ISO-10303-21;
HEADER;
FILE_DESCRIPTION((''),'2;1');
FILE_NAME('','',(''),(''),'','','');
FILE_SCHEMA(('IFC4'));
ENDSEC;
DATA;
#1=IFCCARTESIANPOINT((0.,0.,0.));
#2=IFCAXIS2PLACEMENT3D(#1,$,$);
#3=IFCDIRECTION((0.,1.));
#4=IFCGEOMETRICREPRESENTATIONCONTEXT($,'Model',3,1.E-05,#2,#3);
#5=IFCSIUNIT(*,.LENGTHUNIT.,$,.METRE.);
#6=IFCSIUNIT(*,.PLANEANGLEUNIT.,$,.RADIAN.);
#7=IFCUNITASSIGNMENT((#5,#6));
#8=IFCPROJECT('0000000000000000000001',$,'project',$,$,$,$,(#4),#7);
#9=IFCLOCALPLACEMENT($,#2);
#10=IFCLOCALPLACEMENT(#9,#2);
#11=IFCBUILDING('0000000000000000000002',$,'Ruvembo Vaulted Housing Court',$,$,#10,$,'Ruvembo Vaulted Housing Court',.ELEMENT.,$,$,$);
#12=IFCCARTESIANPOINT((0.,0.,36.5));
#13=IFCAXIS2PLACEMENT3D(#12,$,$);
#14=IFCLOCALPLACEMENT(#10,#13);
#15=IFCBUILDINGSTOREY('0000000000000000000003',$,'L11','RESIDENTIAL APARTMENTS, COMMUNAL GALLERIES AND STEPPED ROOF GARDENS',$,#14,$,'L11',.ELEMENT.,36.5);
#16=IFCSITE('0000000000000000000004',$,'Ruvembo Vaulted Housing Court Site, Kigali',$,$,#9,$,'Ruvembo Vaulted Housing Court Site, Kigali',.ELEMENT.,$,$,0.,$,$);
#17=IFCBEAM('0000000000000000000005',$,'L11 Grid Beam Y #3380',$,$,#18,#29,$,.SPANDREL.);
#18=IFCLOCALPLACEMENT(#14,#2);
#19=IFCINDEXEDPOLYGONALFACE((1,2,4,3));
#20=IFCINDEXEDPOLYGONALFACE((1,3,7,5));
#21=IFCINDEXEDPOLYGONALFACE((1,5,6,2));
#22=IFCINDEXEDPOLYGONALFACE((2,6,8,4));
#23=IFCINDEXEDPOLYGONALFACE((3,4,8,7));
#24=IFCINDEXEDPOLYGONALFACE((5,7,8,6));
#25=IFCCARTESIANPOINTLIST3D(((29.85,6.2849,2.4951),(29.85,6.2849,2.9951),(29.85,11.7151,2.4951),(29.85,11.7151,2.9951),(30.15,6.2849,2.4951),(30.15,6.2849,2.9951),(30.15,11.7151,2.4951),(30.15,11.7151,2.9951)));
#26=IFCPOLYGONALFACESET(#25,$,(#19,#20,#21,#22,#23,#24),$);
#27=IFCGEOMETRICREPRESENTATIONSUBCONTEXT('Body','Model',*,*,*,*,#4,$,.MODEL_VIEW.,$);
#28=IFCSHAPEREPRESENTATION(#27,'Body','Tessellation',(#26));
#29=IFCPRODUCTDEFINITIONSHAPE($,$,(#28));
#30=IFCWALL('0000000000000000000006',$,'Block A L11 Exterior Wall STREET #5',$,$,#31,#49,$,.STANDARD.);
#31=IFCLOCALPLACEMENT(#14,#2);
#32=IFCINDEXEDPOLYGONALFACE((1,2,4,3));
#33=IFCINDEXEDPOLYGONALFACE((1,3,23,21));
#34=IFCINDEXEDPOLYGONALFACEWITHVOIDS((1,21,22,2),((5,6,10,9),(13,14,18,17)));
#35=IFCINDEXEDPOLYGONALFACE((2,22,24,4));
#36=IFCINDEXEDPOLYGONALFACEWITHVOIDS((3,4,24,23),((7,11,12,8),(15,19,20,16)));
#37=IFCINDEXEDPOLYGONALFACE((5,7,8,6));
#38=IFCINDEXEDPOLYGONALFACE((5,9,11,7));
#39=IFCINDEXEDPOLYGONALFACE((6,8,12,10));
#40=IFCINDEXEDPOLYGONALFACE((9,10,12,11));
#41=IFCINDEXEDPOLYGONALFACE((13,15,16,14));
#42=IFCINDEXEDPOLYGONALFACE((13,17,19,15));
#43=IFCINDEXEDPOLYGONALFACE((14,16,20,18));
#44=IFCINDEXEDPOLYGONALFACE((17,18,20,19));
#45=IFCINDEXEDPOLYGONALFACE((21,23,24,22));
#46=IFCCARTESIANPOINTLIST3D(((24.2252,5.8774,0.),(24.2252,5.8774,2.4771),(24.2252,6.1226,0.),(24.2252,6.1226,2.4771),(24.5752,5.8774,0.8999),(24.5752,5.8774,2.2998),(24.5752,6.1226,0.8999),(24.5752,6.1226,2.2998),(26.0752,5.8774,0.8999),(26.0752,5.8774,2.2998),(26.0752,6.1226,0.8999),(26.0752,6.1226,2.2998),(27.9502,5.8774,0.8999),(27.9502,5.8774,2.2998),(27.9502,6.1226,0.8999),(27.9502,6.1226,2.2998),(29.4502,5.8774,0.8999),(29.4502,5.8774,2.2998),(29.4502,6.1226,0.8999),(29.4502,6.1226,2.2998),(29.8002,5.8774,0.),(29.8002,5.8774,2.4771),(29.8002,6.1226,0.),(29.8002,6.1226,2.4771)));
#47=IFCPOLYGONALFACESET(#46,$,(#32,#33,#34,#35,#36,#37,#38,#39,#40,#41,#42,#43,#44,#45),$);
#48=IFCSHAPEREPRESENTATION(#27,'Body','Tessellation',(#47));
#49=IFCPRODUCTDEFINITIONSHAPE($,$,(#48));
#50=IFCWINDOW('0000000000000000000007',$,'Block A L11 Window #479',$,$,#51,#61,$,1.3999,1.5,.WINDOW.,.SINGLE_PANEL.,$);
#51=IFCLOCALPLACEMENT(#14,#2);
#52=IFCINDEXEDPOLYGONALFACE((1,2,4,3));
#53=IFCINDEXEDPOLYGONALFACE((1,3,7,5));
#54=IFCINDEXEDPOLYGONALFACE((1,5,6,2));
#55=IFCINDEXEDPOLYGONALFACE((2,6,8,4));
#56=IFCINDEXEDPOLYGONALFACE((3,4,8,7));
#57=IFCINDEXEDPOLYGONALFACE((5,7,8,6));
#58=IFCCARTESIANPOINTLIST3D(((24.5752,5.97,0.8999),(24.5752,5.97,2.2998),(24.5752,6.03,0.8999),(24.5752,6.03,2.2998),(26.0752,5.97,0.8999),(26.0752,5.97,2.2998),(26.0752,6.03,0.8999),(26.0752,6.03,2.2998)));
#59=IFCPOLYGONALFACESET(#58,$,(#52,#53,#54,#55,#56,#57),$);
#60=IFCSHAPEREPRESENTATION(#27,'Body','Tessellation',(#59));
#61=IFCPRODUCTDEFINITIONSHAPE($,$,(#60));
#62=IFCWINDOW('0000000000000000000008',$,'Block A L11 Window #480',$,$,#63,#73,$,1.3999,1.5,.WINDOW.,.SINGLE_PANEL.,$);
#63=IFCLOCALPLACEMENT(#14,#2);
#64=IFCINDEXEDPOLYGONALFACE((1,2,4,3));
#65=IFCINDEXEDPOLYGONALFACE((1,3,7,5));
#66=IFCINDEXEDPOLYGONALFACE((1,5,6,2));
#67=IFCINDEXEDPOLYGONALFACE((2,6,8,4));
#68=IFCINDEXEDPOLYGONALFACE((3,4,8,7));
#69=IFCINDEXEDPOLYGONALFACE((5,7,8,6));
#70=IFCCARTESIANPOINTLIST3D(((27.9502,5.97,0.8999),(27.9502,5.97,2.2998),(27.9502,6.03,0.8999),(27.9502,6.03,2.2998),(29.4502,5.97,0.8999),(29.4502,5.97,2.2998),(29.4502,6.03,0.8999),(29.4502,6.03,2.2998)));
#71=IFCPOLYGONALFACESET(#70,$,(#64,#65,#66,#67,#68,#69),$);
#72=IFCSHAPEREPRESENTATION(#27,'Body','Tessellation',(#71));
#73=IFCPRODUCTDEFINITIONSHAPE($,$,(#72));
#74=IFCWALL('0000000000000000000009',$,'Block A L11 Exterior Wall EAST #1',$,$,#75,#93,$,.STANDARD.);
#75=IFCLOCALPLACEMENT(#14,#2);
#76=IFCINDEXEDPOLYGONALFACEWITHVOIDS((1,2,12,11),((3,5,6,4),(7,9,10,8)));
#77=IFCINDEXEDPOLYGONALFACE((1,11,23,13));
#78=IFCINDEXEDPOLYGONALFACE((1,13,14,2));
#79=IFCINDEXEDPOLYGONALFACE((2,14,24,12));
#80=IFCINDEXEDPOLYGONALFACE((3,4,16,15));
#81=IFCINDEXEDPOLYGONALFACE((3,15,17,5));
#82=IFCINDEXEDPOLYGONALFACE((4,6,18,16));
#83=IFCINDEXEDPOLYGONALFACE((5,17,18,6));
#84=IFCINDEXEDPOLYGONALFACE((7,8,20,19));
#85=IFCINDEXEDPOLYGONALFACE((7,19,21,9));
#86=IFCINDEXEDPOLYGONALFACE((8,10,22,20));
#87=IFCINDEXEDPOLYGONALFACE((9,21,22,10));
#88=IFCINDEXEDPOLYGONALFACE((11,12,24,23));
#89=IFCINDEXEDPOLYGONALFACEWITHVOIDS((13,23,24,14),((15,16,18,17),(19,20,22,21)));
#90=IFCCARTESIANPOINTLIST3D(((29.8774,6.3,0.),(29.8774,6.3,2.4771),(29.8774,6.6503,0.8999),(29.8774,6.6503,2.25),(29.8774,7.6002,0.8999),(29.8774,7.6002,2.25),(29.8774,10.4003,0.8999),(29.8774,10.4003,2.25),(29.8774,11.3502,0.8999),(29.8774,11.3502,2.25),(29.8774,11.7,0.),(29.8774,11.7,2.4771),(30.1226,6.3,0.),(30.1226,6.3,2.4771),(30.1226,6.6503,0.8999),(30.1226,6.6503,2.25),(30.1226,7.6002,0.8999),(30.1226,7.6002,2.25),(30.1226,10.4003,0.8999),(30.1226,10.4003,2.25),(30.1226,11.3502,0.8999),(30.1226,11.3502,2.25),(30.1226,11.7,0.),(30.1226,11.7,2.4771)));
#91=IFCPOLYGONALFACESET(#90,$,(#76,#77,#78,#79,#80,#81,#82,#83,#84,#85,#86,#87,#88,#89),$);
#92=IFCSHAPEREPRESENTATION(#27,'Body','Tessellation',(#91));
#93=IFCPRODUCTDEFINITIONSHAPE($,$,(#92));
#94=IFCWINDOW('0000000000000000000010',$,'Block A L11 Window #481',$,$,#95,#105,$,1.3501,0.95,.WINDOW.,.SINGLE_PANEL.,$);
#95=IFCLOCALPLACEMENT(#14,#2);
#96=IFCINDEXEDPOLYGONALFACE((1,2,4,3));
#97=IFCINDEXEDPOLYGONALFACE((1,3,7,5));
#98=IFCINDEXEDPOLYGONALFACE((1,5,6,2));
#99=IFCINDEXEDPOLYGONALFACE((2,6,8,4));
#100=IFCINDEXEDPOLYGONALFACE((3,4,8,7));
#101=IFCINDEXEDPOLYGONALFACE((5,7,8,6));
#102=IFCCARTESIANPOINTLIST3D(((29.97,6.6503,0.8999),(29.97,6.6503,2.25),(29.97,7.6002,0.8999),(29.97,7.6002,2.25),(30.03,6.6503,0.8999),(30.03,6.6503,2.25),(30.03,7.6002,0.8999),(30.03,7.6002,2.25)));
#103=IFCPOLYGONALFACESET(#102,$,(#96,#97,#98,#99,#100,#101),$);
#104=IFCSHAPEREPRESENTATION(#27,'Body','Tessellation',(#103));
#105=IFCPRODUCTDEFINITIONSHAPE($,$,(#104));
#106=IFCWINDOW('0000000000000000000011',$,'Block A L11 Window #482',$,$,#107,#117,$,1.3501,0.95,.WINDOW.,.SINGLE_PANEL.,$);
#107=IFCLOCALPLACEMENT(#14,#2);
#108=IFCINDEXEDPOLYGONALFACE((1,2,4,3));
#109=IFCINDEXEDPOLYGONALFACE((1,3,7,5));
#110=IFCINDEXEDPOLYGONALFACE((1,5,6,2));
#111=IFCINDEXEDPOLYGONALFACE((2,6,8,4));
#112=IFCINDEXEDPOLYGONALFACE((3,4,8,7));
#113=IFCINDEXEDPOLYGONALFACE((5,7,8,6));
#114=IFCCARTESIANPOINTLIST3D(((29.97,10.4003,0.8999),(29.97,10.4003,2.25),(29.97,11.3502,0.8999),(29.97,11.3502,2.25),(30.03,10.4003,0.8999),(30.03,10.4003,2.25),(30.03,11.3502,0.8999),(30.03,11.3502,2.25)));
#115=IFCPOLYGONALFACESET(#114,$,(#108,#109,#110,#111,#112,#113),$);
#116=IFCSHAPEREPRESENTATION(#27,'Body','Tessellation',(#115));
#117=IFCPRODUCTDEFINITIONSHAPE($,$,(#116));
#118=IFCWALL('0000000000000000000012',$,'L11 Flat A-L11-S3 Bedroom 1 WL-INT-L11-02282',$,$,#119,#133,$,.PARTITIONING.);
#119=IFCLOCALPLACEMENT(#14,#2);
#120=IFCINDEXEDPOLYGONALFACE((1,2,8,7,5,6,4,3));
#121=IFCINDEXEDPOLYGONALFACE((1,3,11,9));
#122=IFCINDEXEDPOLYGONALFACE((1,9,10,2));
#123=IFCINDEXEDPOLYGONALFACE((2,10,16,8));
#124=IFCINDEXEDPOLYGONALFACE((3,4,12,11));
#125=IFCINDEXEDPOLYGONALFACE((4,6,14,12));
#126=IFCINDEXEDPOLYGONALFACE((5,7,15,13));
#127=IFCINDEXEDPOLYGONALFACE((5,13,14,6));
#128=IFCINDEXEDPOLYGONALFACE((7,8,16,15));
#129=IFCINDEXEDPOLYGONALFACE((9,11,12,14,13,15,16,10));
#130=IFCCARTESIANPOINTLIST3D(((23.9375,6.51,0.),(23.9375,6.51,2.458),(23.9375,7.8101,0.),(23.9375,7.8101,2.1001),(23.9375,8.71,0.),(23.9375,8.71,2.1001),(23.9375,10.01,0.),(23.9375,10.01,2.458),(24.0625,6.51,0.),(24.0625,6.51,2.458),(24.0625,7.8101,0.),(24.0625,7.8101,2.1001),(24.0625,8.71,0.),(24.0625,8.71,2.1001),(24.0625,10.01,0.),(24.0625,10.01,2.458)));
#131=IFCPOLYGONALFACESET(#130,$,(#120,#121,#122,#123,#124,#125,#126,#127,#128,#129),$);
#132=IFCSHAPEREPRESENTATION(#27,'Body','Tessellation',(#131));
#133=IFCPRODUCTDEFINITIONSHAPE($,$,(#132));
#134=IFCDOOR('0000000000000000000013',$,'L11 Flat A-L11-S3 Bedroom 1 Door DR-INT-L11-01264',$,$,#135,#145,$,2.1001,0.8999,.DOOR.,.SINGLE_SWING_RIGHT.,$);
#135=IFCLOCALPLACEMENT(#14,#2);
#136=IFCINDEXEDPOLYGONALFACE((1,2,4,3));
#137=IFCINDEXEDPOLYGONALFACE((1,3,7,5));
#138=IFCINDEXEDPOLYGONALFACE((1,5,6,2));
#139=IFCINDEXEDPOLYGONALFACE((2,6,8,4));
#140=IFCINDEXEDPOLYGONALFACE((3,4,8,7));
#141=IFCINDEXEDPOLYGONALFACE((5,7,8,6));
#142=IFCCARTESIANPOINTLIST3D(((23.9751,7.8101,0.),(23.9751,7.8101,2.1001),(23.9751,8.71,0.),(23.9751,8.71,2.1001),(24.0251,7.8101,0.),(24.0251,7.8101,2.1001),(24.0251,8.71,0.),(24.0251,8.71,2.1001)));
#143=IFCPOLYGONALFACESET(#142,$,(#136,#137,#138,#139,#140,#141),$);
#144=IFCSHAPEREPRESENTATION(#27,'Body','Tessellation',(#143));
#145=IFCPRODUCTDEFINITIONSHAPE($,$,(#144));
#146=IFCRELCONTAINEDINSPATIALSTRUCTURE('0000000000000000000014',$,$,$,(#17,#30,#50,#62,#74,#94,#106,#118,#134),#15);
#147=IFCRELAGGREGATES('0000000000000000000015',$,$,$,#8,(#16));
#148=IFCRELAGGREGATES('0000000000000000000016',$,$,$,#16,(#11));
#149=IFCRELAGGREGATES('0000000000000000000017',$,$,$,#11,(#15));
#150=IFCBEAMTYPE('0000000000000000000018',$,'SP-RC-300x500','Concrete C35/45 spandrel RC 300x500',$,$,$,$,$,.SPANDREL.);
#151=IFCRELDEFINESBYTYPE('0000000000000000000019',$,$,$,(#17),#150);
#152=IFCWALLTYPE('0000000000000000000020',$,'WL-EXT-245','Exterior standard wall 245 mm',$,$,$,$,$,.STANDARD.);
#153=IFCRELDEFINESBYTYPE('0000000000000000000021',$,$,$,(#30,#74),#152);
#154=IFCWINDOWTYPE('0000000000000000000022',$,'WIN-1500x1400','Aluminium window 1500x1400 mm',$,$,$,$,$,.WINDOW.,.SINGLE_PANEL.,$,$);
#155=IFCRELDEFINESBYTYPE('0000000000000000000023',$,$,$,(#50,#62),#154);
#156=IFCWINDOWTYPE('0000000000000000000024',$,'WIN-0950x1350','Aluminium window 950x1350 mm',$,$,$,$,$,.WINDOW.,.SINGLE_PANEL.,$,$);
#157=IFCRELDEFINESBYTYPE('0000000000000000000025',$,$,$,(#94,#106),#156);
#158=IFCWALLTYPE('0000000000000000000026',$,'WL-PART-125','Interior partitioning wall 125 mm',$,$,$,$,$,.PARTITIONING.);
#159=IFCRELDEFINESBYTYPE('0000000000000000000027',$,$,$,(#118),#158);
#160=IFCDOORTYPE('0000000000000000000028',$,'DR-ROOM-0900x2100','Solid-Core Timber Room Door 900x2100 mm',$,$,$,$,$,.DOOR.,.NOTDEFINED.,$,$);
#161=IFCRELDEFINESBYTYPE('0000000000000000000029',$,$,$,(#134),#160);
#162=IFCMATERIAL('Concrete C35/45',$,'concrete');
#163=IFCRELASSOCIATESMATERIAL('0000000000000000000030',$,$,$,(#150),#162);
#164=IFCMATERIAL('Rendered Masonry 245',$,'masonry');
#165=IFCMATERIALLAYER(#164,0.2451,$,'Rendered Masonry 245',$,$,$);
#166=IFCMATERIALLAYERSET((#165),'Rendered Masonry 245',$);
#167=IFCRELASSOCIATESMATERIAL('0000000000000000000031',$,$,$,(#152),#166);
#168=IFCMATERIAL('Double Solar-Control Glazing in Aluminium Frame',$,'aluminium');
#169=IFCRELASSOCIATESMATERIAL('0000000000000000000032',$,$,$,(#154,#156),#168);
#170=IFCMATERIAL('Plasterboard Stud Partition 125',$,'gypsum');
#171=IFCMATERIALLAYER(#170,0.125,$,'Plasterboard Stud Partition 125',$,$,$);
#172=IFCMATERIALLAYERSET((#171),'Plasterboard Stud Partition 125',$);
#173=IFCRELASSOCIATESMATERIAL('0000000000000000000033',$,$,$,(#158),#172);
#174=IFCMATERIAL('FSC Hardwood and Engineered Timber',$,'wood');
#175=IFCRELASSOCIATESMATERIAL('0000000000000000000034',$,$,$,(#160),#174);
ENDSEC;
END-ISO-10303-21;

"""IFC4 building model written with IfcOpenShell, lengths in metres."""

from ifc_helpers import new_model, si_unit, direction, frame, frame_2d, origin, origin_2d, place, context, subcontext, project, spatial, rectangle, extrude, material, layer, layer_set, material_profile, profile_set, type_object, element, fill, save


model = new_model("IFC4")

# Units and contexts
model_context = context("Model", 3, precision=1e-05, world=origin(), true_north=direction((0.0, 1.0)))
body_context = subcontext(model_context, "Body", "Model", "MODEL_VIEW")
ifc_project = project(units=[si_unit("LENGTHUNIT", "METRE"), si_unit("PLANEANGLEUNIT", "RADIAN")], contexts=[model_context])

# Site, building, storey
site_placement = place(None, origin())
site = spatial("IfcSite", under=ifc_project, at=site_placement, Name="Ruvembo Vaulted Housing Court Site, Kigali", LongName="Ruvembo Vaulted Housing Court Site, Kigali", CompositionType="ELEMENT", RefElevation=0.0)
building_placement = place(site_placement, origin())
building = spatial("IfcBuilding", under=site, at=building_placement, Name="Ruvembo Vaulted Housing Court", LongName="Ruvembo Vaulted Housing Court", CompositionType="ELEMENT")
storey_placement = place(building_placement, frame((0.0, 0.0, 36.5)))
storey = spatial("IfcBuildingStorey", under=building, at=storey_placement, Name="L11", Description="RESIDENTIAL APARTMENTS, COMMUNAL GALLERIES AND STEPPED ROOF GARDENS", LongName="L11", CompositionType="ELEMENT", Elevation=36.5)

# Shared definitions
ifc_material_1 = material(Name="Concrete C35/45", Category="concrete")

# Beam
ifc_material_profile_1 = material_profile(ifc_material_1, rectangle(XDim=0.3, YDim=0.5, at=origin_2d()), Name="RC 300x500")
ifc_profile_set_1 = profile_set([ifc_material_profile_1], Name="Concrete C35/45")
beam_type_1 = type_object("IfcBeamType", Name="SP-RC-300x500", Description="Concrete C35/45 spandrel RC 300x500", PredefinedType="SPANDREL", material=ifc_profile_set_1)
beam_1_placement = place(storey_placement, frame((30.0, 6.2849, 2.7451), z_axis=(0.0, 1.0, 0.0), x_axis=(-1.0, 0.0, 0.0)))
element("IfcBeam", 1, at=beam_1_placement, inside=storey, type_object=beam_type_1, Name="L11 Grid Beam Y #3380", PredefinedType="SPANDREL", context=body_context, shape_type="SweptSolid", body=[
    extrude(rectangle(XDim=0.3, YDim=0.5, at=origin_2d()), origin(), (0.0, 0.0, 1.0), 5.4302),
])

# Walls, openings, windows
ifc_material_2 = material(Name="Rendered Masonry 245", Category="masonry")
ifc_layer_1 = layer(ifc_material_2, 0.2451, Name="Rendered Masonry 245")
ifc_layer_set_1 = layer_set([ifc_layer_1], Name="Rendered Masonry 245")
wall_type_1 = type_object("IfcWallType", Name="WL-EXT-245", Description="Exterior standard wall 245 mm", PredefinedType="STANDARD", material=ifc_layer_set_1)
wall_1_placement = place(storey_placement, frame((24.2251, 6.0, 0.0), z_axis=(0.0, 0.0, 1.0), x_axis=(1.0, 0.0, 0.0)))
wall_1 = element("IfcWall", 2, at=wall_1_placement, inside=storey, type_object=wall_type_1, Name="Block A L11 Exterior Wall STREET #5", PredefinedType="STANDARD", context=body_context, shape_type="SweptSolid", body=[
    extrude(rectangle(XDim=5.575, YDim=0.2451, at=frame_2d((2.7876, 0.0))), origin(), (0.0, 0.0, 1.0), 2.4771),
])
opening_1_placement = place(wall_1_placement, frame((0.3501, 0.0, 0.8999)))
opening_1 = element("IfcOpeningElement", 3, at=opening_1_placement, cuts=wall_1, PredefinedType="OPENING", context=body_context, shape_type="SweptSolid", body=[
    extrude(rectangle(XDim=1.5, YDim=1.3999, at=frame_2d((0.75, 0.7))), frame((0.0, 0.1326, 0.0), z_axis=(0.0, -1.0, 0.0), x_axis=(1.0, 0.0, 0.0)), (0.0, 0.0, 1.0), 0.2651),
])
opening_2_placement = place(wall_1_placement, frame((3.7251, 0.0, 0.8999)))
opening_2 = element("IfcOpeningElement", 4, at=opening_2_placement, cuts=wall_1, PredefinedType="OPENING", context=body_context, shape_type="SweptSolid", body=[
    extrude(rectangle(XDim=1.5, YDim=1.3999, at=frame_2d((0.75, 0.7))), frame((0.0, 0.1326, 0.0), z_axis=(0.0, -1.0, 0.0), x_axis=(1.0, 0.0, 0.0)), (0.0, 0.0, 1.0), 0.2651),
])
ifc_material_3 = material(Name="Double Solar-Control Glazing in Aluminium Frame", Category="aluminium")
window_type_1 = type_object("IfcWindowType", Name="WIN-1500x1400", Description="Aluminium window 1500x1400 mm", PartitioningType="SINGLE_PANEL", PredefinedType="WINDOW", material=ifc_material_3)
window_1_placement = place(opening_1_placement, origin())
window_1 = element("IfcWindow", 5, at=window_1_placement, inside=storey, type_object=window_type_1, Name="Block A L11 Window #479", OverallHeight=1.3999, OverallWidth=1.5, PartitioningType="SINGLE_PANEL", PredefinedType="WINDOW", context=body_context, shape_type="SweptSolid", body=[
    extrude(rectangle(XDim=1.5, YDim=1.3999, at=frame_2d((0.75, 0.7))), frame((0.0, 0.03, 0.0), z_axis=(0.0, -1.0, 0.0), x_axis=(1.0, 0.0, 0.0)), (0.0, 0.0, 1.0), 0.0601),
])
fill(opening_1, window_1)
window_2_placement = place(opening_2_placement, origin())
window_2 = element("IfcWindow", 6, at=window_2_placement, inside=storey, type_object=window_type_1, Name="Block A L11 Window #480", OverallHeight=1.3999, OverallWidth=1.5, PartitioningType="SINGLE_PANEL", PredefinedType="WINDOW", context=body_context, shape_type="SweptSolid", body=[
    extrude(rectangle(XDim=1.5, YDim=1.3999, at=frame_2d((0.75, 0.7))), frame((0.0, 0.03, 0.0), z_axis=(0.0, -1.0, 0.0), x_axis=(1.0, 0.0, 0.0)), (0.0, 0.0, 1.0), 0.0601),
])
fill(opening_2, window_2)
wall_2_placement = place(storey_placement, frame((30.0, 6.3, 0.0), z_axis=(0.0, 0.0, 1.0), x_axis=(0.0, 1.0, 0.0)))
wall_2 = element("IfcWall", 7, at=wall_2_placement, inside=storey, type_object=wall_type_1, Name="Block A L11 Exterior Wall EAST #1", PredefinedType="STANDARD", context=body_context, shape_type="SweptSolid", body=[
    extrude(rectangle(XDim=5.3999, YDim=0.2451, at=frame_2d((2.7, 0.0))), origin(), (0.0, 0.0, 1.0), 2.4771),
])
opening_3_placement = place(wall_2_placement, frame((0.3501, 0.0, 0.8999)))
opening_3 = element("IfcOpeningElement", 8, at=opening_3_placement, cuts=wall_2, PredefinedType="OPENING", context=body_context, shape_type="SweptSolid", body=[
    extrude(rectangle(XDim=0.95, YDim=1.3501, at=frame_2d((0.4751, 0.675))), frame((0.0, 0.1326, 0.0), z_axis=(0.0, -1.0, 0.0), x_axis=(1.0, 0.0, 0.0)), (0.0, 0.0, 1.0), 0.2651),
])
opening_4_placement = place(wall_2_placement, frame((4.1001, 0.0, 0.8999)))
opening_4 = element("IfcOpeningElement", 9, at=opening_4_placement, cuts=wall_2, PredefinedType="OPENING", context=body_context, shape_type="SweptSolid", body=[
    extrude(rectangle(XDim=0.95, YDim=1.3501, at=frame_2d((0.4751, 0.675))), frame((0.0, 0.1326, 0.0), z_axis=(0.0, -1.0, 0.0), x_axis=(1.0, 0.0, 0.0)), (0.0, 0.0, 1.0), 0.2651),
])
window_type_2 = type_object("IfcWindowType", Name="WIN-0950x1350", Description="Aluminium window 950x1350 mm", PartitioningType="SINGLE_PANEL", PredefinedType="WINDOW", material=ifc_material_3)
window_3_placement = place(opening_3_placement, origin())
window_3 = element("IfcWindow", 10, at=window_3_placement, inside=storey, type_object=window_type_2, Name="Block A L11 Window #481", OverallHeight=1.3501, OverallWidth=0.95, PartitioningType="SINGLE_PANEL", PredefinedType="WINDOW", context=body_context, shape_type="SweptSolid", body=[
    extrude(rectangle(XDim=0.95, YDim=1.3501, at=frame_2d((0.4751, 0.675))), frame((0.0, 0.03, 0.0), z_axis=(0.0, -1.0, 0.0), x_axis=(1.0, 0.0, 0.0)), (0.0, 0.0, 1.0), 0.0601),
])
fill(opening_3, window_3)
window_4_placement = place(opening_4_placement, origin())
window_4 = element("IfcWindow", 11, at=window_4_placement, inside=storey, type_object=window_type_2, Name="Block A L11 Window #482", OverallHeight=1.3501, OverallWidth=0.95, PartitioningType="SINGLE_PANEL", PredefinedType="WINDOW", context=body_context, shape_type="SweptSolid", body=[
    extrude(rectangle(XDim=0.95, YDim=1.3501, at=frame_2d((0.4751, 0.675))), frame((0.0, 0.03, 0.0), z_axis=(0.0, -1.0, 0.0), x_axis=(1.0, 0.0, 0.0)), (0.0, 0.0, 1.0), 0.0601),
])
fill(opening_4, window_4)

# Wall, opening, door
ifc_material_4 = material(Name="Plasterboard Stud Partition 125", Category="gypsum")
ifc_layer_2 = layer(ifc_material_4, 0.125, Name="Plasterboard Stud Partition 125")
ifc_layer_set_2 = layer_set([ifc_layer_2], Name="Plasterboard Stud Partition 125")
wall_type_2 = type_object("IfcWallType", Name="WL-PART-125", Description="Interior partitioning wall 125 mm", PredefinedType="PARTITIONING", material=ifc_layer_set_2)
wall_3_placement = place(storey_placement, frame((24.0, 6.51, 0.0), z_axis=(0.0, 0.0, 1.0), x_axis=(0.0, 1.0, 0.0)))
wall_3 = element("IfcWall", 12, at=wall_3_placement, inside=storey, type_object=wall_type_2, Name="L11 Flat A-L11-S3 Bedroom 1 WL-INT-L11-02282", PredefinedType="PARTITIONING", context=body_context, shape_type="SweptSolid", body=[
    extrude(rectangle(XDim=3.5, YDim=0.125, at=frame_2d((1.75, 0.0))), origin(), (0.0, 0.0, 1.0), 2.458),
])
opening_5_placement = place(wall_3_placement, frame((1.3, 0.0, 0.0)))
opening_5 = element("IfcOpeningElement", 13, at=opening_5_placement, cuts=wall_3, PredefinedType="OPENING", context=body_context, shape_type="SweptSolid", body=[
    extrude(rectangle(XDim=0.8999, YDim=2.1001, at=frame_2d((0.45, 1.05))), frame((0.0, 0.0725, 0.0), z_axis=(0.0, -1.0, 0.0), x_axis=(1.0, 0.0, 0.0)), (0.0, 0.0, 1.0), 0.145),
])
ifc_material_5 = material(Name="FSC Hardwood and Engineered Timber", Category="wood")
door_type_1 = type_object("IfcDoorType", Name="DR-ROOM-0900x2100", Description="Solid-Core Timber Room Door 900x2100 mm", OperationType="NOTDEFINED", PredefinedType="DOOR", material=ifc_material_5)
door_1_placement = place(opening_5_placement, origin())
door_1 = element("IfcDoor", 14, at=door_1_placement, inside=storey, type_object=door_type_1, Name="L11 Flat A-L11-S3 Bedroom 1 Door DR-INT-L11-01264", OperationType="SINGLE_SWING_RIGHT", OverallHeight=2.1001, OverallWidth=0.8999, PredefinedType="DOOR", context=body_context, shape_type="SweptSolid", body=[
    extrude(rectangle(XDim=0.8999, YDim=2.1001, at=frame_2d((0.45, 1.05))), frame((0.0, 0.0249, 0.0), z_axis=(0.0, -1.0, 0.0), x_axis=(1.0, 0.0, 0.0)), (0.0, 0.0, 1.0), 0.05),
])
fill(opening_5, door_1)

save(model, "model.ifc")
